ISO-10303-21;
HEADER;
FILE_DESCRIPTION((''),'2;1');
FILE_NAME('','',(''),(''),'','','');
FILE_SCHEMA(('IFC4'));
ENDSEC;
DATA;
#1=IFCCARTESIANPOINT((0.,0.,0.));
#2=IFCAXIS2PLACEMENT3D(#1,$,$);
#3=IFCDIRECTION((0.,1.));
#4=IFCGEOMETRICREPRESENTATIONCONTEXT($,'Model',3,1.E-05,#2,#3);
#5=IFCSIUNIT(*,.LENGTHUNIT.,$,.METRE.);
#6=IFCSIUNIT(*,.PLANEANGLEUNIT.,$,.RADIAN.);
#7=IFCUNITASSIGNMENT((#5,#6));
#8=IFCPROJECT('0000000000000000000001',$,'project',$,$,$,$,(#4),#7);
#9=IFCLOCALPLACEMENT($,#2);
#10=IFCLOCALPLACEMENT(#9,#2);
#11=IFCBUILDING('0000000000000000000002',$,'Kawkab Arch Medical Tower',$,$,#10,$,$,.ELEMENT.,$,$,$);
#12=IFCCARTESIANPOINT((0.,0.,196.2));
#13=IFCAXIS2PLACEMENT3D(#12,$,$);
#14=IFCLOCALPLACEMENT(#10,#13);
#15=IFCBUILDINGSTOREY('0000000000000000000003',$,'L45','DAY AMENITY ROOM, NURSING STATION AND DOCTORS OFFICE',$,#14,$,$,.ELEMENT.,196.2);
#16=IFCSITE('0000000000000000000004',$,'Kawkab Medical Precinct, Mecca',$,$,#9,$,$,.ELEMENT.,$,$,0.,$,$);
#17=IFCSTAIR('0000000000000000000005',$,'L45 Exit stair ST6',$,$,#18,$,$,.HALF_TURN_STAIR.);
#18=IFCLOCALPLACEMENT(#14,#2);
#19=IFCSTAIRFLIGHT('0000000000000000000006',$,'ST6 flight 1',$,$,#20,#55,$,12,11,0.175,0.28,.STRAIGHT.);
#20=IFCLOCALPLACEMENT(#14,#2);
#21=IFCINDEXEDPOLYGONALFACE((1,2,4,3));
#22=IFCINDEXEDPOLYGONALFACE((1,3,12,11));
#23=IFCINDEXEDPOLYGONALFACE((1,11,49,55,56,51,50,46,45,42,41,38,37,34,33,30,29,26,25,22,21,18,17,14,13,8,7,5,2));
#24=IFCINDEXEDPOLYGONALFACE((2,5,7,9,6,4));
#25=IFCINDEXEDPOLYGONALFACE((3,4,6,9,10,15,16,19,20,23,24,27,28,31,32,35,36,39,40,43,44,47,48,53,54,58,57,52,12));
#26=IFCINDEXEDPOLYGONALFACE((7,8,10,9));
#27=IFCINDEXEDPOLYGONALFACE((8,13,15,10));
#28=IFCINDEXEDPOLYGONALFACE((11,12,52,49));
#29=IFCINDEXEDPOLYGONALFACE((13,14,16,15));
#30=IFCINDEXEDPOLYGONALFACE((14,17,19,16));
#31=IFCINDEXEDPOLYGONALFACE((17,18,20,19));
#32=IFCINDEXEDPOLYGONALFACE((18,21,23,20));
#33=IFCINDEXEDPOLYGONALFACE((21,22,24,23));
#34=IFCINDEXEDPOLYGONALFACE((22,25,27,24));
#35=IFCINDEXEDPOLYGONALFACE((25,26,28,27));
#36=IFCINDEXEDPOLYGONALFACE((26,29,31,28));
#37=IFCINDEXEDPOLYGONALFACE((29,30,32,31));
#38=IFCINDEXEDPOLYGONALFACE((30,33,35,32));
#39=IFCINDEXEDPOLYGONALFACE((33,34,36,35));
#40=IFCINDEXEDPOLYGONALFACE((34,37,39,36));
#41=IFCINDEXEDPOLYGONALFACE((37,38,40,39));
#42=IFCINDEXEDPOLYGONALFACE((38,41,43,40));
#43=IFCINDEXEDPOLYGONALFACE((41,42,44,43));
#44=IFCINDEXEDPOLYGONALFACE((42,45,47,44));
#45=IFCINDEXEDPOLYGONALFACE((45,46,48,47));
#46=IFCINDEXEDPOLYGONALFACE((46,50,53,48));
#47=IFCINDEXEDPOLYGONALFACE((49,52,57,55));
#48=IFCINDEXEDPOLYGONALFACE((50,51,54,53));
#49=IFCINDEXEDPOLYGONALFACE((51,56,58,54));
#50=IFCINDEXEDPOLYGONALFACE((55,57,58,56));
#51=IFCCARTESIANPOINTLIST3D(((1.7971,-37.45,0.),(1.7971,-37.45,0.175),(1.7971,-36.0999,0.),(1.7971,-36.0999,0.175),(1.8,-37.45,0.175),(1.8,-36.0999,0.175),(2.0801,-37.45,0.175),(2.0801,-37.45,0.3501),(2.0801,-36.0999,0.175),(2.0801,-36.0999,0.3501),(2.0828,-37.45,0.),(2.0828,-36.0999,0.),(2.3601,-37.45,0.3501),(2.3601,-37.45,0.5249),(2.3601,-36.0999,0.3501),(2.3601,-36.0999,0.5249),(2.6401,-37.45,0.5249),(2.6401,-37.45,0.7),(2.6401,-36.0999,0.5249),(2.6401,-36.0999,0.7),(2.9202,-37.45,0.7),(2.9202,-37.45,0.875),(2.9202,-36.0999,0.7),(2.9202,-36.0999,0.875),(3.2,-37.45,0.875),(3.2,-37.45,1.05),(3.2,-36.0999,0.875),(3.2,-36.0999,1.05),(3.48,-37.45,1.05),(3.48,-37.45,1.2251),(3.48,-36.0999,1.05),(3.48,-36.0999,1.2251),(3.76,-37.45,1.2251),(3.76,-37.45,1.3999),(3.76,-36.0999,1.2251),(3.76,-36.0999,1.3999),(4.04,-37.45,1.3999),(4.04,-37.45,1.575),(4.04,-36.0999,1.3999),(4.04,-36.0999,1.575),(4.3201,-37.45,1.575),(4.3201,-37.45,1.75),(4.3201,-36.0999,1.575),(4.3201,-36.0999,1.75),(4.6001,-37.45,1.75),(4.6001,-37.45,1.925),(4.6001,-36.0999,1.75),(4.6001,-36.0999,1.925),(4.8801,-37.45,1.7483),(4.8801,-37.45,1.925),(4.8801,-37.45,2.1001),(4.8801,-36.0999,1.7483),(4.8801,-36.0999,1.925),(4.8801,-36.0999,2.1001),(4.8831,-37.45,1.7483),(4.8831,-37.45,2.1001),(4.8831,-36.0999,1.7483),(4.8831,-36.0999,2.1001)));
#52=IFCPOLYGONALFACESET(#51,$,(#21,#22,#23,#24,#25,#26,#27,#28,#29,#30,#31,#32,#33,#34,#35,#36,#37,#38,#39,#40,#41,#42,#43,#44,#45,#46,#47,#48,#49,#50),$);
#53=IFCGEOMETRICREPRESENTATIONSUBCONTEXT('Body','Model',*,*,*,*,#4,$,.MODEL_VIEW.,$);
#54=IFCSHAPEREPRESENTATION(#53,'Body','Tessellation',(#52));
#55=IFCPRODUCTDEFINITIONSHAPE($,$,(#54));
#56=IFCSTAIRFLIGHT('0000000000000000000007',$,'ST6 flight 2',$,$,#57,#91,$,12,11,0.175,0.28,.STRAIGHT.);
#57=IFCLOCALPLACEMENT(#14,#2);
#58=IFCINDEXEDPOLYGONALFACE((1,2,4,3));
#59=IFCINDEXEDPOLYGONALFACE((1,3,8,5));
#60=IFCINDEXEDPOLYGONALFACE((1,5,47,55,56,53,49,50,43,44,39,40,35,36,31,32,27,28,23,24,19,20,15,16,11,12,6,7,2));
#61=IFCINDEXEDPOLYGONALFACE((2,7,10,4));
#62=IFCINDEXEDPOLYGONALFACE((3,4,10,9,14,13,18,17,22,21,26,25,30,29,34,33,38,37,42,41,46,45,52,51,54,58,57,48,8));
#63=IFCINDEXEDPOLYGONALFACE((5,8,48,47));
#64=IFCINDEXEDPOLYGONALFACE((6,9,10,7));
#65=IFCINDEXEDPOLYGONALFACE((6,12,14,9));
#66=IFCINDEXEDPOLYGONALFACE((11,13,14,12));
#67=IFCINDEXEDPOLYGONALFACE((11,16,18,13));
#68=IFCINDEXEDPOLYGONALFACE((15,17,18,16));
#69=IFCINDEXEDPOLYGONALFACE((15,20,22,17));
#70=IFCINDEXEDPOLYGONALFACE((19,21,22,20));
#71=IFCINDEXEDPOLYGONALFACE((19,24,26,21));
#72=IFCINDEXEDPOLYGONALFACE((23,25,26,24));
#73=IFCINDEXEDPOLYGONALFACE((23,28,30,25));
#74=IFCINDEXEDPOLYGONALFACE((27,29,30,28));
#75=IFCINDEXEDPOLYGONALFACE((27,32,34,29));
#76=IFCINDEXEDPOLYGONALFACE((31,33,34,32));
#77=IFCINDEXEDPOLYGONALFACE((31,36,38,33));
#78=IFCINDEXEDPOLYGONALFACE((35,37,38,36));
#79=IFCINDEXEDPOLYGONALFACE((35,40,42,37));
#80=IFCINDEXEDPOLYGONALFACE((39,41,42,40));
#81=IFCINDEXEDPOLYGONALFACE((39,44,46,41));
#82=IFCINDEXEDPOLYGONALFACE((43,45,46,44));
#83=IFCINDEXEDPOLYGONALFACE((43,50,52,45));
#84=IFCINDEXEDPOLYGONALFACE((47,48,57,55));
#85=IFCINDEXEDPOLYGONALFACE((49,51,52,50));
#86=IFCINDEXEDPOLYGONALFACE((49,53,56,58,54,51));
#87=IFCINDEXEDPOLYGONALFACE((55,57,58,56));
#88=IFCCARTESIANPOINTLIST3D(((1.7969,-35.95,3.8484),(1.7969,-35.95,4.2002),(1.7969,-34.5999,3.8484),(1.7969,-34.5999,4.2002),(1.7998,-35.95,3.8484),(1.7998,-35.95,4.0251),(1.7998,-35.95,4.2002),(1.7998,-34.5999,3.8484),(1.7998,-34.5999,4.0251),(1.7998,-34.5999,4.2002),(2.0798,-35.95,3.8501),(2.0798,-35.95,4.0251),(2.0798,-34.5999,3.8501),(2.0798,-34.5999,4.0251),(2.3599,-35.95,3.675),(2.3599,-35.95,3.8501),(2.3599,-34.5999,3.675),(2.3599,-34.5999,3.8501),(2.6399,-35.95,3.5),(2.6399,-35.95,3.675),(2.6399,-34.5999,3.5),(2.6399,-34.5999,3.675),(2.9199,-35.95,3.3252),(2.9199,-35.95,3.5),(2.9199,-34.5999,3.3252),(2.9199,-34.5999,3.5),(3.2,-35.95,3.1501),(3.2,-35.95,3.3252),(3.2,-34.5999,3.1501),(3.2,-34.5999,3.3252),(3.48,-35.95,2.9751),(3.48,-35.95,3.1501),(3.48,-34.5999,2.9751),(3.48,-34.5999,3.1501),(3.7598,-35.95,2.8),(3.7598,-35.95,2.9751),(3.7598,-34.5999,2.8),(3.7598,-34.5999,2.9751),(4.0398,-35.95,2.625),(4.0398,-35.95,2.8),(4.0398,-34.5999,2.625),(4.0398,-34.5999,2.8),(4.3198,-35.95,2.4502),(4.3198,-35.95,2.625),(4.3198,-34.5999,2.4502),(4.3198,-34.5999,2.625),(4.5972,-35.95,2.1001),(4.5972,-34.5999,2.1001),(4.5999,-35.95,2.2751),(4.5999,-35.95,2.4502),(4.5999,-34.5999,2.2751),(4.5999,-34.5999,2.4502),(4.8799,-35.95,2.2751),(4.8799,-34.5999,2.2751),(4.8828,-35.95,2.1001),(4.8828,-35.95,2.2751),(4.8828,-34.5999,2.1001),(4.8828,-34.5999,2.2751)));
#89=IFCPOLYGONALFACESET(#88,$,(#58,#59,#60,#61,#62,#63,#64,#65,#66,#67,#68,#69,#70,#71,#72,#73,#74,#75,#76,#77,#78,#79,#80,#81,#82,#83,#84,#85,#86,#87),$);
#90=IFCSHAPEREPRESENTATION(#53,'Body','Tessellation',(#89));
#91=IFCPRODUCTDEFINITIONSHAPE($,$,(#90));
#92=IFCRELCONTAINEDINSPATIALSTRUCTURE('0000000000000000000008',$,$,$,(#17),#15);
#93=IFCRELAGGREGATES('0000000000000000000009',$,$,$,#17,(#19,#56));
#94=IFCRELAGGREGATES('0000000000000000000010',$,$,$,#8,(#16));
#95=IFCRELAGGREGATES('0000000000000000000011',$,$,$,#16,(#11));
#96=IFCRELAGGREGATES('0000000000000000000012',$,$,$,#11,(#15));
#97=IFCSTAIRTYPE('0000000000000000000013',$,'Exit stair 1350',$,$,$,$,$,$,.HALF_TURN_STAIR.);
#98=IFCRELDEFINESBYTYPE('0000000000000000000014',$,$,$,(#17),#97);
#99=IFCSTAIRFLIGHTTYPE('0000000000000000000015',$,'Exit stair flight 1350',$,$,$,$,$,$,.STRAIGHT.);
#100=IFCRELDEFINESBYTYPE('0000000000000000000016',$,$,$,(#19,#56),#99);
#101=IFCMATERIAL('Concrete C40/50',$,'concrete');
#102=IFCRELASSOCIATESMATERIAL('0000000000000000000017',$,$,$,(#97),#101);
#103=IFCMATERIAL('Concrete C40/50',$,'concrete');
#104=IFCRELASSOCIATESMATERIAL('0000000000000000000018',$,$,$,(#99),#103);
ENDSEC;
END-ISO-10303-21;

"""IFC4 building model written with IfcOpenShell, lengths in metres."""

from ifc_helpers import new_model, si_unit, direction, frame, origin, place, context, subcontext, project, spatial, polyline, outline, extrude, material, type_object, element, aggregate, save


model = new_model("IFC4")

# Units and contexts
model_context = context("Model", 3, precision=1e-05, world=origin(), true_north=direction((0.0, 1.0)))
body_context = subcontext(model_context, "Body", "Model", "MODEL_VIEW")
ifc_project = project(units=[si_unit("LENGTHUNIT", "METRE"), si_unit("PLANEANGLEUNIT", "RADIAN")], contexts=[model_context])

# Site, building, storey
site_placement = place(None, origin())
site = spatial("IfcSite", under=ifc_project, at=site_placement, Name="Kawkab Medical Precinct, Mecca", CompositionType="ELEMENT", RefElevation=0.0)
building_placement = place(site_placement, origin())
building = spatial("IfcBuilding", under=site, at=building_placement, Name="Kawkab Arch Medical Tower", CompositionType="ELEMENT")
storey_placement = place(building_placement, frame((0.0, 0.0, 196.2)))
storey = spatial("IfcBuildingStorey", under=building, at=storey_placement, Name="L45", Description="DAY AMENITY ROOM, NURSING STATION AND DOCTORS OFFICE", CompositionType="ELEMENT", Elevation=196.2)

# Stair, stair flights
ifc_material_1 = material(Name="Concrete C40/50", Category="concrete")
stair_type = type_object("IfcStairType", Name="Exit stair 1350", PredefinedType="HALF_TURN_STAIR", material=ifc_material_1)
stair_placement = place(storey_placement, origin())
stair = element("IfcStair", 1, at=stair_placement, inside=storey, type_object=stair_type, Name="L45 Exit stair ST6", PredefinedType="HALF_TURN_STAIR")
ifc_material_2 = material(Name="Concrete C40/50", Category="concrete")
stair_flight_type = type_object("IfcStairFlightType", Name="Exit stair flight 1350", PredefinedType="STRAIGHT", material=ifc_material_2)
stair_flight_1_placement = place(storey_placement, frame((1.8, -36.7749, 0.0), z_axis=(0.0, 0.0, 1.0), x_axis=(1.0, 0.0, 0.0)))
stair_flight_1 = element("IfcStairFlight", 2, at=stair_flight_1_placement, type_object=stair_flight_type, Name="ST6 flight 1", NumberOfRisers=12, NumberOfTreads=11, PredefinedType="STRAIGHT", RiserHeight=0.175, TreadLength=0.28, context=body_context, shape_type="SweptSolid", body=[
    extrude(outline(polyline([(-0.0029, 0.0), (-0.0029, 0.175), (0.0, 0.175), (0.28, 0.175), (0.28, 0.3501), (0.5601, 0.3501), (0.5601, 0.5249), (0.8401, 0.5249), (0.8401, 0.7), (1.1201, 0.7), (1.1201, 0.875), (1.3999, 0.875), (1.3999, 1.05), (1.6799, 1.05), (1.6799, 1.2251), (1.96, 1.2251), (1.96, 1.3999), (2.24, 1.3999), (2.24, 1.575), (2.52, 1.575), (2.52, 1.75), (2.8, 1.75), (2.8, 1.925), (3.0801, 1.925), (3.0801, 2.1001), (3.083, 2.1001), (3.083, 1.7483), (3.0801, 1.7483), (0.2827, 0.0), (-0.0029, 0.0)])), frame((0.0, 0.675, 0.0), z_axis=(0.0, -1.0, 0.0), x_axis=(1.0, 0.0, 0.0)), (0.0, 0.0, 1.0), 1.3501),
])
stair_flight_2_placement = place(storey_placement, frame((4.8799, -35.2749, 2.1001), z_axis=(0.0, 0.0, 1.0), x_axis=(-1.0, 0.0, 0.0)))
stair_flight_2 = element("IfcStairFlight", 3, at=stair_flight_2_placement, type_object=stair_flight_type, Name="ST6 flight 2", NumberOfRisers=12, NumberOfTreads=11, PredefinedType="STRAIGHT", RiserHeight=0.175, TreadLength=0.28, context=body_context, shape_type="SweptSolid", body=[
    extrude(outline(polyline([(-0.0029, 0.0), (-0.0029, 0.175), (0.0, 0.175), (0.28, 0.175), (0.28, 0.3501), (0.5601, 0.3501), (0.5601, 0.5249), (0.8401, 0.5249), (0.8401, 0.7), (1.1201, 0.7), (1.1201, 0.875), (1.3999, 0.875), (1.3999, 1.05), (1.6799, 1.05), (1.6799, 1.2251), (1.96, 1.2251), (1.96, 1.3999), (2.24, 1.3999), (2.24, 1.575), (2.52, 1.575), (2.52, 1.75), (2.8, 1.75), (2.8, 1.925), (3.0801, 1.925), (3.0801, 2.1001), (3.083, 2.1001), (3.083, 1.7483), (3.0801, 1.7483), (0.2827, 0.0), (-0.0029, 0.0)])), frame((0.0, 0.675, 0.0), z_axis=(0.0, -1.0, 0.0), x_axis=(1.0, 0.0, 0.0)), (0.0, 0.0, 1.0), 1.3501),
])
aggregate(stair, [stair_flight_1, stair_flight_2])

save(model, "model.ifc")
